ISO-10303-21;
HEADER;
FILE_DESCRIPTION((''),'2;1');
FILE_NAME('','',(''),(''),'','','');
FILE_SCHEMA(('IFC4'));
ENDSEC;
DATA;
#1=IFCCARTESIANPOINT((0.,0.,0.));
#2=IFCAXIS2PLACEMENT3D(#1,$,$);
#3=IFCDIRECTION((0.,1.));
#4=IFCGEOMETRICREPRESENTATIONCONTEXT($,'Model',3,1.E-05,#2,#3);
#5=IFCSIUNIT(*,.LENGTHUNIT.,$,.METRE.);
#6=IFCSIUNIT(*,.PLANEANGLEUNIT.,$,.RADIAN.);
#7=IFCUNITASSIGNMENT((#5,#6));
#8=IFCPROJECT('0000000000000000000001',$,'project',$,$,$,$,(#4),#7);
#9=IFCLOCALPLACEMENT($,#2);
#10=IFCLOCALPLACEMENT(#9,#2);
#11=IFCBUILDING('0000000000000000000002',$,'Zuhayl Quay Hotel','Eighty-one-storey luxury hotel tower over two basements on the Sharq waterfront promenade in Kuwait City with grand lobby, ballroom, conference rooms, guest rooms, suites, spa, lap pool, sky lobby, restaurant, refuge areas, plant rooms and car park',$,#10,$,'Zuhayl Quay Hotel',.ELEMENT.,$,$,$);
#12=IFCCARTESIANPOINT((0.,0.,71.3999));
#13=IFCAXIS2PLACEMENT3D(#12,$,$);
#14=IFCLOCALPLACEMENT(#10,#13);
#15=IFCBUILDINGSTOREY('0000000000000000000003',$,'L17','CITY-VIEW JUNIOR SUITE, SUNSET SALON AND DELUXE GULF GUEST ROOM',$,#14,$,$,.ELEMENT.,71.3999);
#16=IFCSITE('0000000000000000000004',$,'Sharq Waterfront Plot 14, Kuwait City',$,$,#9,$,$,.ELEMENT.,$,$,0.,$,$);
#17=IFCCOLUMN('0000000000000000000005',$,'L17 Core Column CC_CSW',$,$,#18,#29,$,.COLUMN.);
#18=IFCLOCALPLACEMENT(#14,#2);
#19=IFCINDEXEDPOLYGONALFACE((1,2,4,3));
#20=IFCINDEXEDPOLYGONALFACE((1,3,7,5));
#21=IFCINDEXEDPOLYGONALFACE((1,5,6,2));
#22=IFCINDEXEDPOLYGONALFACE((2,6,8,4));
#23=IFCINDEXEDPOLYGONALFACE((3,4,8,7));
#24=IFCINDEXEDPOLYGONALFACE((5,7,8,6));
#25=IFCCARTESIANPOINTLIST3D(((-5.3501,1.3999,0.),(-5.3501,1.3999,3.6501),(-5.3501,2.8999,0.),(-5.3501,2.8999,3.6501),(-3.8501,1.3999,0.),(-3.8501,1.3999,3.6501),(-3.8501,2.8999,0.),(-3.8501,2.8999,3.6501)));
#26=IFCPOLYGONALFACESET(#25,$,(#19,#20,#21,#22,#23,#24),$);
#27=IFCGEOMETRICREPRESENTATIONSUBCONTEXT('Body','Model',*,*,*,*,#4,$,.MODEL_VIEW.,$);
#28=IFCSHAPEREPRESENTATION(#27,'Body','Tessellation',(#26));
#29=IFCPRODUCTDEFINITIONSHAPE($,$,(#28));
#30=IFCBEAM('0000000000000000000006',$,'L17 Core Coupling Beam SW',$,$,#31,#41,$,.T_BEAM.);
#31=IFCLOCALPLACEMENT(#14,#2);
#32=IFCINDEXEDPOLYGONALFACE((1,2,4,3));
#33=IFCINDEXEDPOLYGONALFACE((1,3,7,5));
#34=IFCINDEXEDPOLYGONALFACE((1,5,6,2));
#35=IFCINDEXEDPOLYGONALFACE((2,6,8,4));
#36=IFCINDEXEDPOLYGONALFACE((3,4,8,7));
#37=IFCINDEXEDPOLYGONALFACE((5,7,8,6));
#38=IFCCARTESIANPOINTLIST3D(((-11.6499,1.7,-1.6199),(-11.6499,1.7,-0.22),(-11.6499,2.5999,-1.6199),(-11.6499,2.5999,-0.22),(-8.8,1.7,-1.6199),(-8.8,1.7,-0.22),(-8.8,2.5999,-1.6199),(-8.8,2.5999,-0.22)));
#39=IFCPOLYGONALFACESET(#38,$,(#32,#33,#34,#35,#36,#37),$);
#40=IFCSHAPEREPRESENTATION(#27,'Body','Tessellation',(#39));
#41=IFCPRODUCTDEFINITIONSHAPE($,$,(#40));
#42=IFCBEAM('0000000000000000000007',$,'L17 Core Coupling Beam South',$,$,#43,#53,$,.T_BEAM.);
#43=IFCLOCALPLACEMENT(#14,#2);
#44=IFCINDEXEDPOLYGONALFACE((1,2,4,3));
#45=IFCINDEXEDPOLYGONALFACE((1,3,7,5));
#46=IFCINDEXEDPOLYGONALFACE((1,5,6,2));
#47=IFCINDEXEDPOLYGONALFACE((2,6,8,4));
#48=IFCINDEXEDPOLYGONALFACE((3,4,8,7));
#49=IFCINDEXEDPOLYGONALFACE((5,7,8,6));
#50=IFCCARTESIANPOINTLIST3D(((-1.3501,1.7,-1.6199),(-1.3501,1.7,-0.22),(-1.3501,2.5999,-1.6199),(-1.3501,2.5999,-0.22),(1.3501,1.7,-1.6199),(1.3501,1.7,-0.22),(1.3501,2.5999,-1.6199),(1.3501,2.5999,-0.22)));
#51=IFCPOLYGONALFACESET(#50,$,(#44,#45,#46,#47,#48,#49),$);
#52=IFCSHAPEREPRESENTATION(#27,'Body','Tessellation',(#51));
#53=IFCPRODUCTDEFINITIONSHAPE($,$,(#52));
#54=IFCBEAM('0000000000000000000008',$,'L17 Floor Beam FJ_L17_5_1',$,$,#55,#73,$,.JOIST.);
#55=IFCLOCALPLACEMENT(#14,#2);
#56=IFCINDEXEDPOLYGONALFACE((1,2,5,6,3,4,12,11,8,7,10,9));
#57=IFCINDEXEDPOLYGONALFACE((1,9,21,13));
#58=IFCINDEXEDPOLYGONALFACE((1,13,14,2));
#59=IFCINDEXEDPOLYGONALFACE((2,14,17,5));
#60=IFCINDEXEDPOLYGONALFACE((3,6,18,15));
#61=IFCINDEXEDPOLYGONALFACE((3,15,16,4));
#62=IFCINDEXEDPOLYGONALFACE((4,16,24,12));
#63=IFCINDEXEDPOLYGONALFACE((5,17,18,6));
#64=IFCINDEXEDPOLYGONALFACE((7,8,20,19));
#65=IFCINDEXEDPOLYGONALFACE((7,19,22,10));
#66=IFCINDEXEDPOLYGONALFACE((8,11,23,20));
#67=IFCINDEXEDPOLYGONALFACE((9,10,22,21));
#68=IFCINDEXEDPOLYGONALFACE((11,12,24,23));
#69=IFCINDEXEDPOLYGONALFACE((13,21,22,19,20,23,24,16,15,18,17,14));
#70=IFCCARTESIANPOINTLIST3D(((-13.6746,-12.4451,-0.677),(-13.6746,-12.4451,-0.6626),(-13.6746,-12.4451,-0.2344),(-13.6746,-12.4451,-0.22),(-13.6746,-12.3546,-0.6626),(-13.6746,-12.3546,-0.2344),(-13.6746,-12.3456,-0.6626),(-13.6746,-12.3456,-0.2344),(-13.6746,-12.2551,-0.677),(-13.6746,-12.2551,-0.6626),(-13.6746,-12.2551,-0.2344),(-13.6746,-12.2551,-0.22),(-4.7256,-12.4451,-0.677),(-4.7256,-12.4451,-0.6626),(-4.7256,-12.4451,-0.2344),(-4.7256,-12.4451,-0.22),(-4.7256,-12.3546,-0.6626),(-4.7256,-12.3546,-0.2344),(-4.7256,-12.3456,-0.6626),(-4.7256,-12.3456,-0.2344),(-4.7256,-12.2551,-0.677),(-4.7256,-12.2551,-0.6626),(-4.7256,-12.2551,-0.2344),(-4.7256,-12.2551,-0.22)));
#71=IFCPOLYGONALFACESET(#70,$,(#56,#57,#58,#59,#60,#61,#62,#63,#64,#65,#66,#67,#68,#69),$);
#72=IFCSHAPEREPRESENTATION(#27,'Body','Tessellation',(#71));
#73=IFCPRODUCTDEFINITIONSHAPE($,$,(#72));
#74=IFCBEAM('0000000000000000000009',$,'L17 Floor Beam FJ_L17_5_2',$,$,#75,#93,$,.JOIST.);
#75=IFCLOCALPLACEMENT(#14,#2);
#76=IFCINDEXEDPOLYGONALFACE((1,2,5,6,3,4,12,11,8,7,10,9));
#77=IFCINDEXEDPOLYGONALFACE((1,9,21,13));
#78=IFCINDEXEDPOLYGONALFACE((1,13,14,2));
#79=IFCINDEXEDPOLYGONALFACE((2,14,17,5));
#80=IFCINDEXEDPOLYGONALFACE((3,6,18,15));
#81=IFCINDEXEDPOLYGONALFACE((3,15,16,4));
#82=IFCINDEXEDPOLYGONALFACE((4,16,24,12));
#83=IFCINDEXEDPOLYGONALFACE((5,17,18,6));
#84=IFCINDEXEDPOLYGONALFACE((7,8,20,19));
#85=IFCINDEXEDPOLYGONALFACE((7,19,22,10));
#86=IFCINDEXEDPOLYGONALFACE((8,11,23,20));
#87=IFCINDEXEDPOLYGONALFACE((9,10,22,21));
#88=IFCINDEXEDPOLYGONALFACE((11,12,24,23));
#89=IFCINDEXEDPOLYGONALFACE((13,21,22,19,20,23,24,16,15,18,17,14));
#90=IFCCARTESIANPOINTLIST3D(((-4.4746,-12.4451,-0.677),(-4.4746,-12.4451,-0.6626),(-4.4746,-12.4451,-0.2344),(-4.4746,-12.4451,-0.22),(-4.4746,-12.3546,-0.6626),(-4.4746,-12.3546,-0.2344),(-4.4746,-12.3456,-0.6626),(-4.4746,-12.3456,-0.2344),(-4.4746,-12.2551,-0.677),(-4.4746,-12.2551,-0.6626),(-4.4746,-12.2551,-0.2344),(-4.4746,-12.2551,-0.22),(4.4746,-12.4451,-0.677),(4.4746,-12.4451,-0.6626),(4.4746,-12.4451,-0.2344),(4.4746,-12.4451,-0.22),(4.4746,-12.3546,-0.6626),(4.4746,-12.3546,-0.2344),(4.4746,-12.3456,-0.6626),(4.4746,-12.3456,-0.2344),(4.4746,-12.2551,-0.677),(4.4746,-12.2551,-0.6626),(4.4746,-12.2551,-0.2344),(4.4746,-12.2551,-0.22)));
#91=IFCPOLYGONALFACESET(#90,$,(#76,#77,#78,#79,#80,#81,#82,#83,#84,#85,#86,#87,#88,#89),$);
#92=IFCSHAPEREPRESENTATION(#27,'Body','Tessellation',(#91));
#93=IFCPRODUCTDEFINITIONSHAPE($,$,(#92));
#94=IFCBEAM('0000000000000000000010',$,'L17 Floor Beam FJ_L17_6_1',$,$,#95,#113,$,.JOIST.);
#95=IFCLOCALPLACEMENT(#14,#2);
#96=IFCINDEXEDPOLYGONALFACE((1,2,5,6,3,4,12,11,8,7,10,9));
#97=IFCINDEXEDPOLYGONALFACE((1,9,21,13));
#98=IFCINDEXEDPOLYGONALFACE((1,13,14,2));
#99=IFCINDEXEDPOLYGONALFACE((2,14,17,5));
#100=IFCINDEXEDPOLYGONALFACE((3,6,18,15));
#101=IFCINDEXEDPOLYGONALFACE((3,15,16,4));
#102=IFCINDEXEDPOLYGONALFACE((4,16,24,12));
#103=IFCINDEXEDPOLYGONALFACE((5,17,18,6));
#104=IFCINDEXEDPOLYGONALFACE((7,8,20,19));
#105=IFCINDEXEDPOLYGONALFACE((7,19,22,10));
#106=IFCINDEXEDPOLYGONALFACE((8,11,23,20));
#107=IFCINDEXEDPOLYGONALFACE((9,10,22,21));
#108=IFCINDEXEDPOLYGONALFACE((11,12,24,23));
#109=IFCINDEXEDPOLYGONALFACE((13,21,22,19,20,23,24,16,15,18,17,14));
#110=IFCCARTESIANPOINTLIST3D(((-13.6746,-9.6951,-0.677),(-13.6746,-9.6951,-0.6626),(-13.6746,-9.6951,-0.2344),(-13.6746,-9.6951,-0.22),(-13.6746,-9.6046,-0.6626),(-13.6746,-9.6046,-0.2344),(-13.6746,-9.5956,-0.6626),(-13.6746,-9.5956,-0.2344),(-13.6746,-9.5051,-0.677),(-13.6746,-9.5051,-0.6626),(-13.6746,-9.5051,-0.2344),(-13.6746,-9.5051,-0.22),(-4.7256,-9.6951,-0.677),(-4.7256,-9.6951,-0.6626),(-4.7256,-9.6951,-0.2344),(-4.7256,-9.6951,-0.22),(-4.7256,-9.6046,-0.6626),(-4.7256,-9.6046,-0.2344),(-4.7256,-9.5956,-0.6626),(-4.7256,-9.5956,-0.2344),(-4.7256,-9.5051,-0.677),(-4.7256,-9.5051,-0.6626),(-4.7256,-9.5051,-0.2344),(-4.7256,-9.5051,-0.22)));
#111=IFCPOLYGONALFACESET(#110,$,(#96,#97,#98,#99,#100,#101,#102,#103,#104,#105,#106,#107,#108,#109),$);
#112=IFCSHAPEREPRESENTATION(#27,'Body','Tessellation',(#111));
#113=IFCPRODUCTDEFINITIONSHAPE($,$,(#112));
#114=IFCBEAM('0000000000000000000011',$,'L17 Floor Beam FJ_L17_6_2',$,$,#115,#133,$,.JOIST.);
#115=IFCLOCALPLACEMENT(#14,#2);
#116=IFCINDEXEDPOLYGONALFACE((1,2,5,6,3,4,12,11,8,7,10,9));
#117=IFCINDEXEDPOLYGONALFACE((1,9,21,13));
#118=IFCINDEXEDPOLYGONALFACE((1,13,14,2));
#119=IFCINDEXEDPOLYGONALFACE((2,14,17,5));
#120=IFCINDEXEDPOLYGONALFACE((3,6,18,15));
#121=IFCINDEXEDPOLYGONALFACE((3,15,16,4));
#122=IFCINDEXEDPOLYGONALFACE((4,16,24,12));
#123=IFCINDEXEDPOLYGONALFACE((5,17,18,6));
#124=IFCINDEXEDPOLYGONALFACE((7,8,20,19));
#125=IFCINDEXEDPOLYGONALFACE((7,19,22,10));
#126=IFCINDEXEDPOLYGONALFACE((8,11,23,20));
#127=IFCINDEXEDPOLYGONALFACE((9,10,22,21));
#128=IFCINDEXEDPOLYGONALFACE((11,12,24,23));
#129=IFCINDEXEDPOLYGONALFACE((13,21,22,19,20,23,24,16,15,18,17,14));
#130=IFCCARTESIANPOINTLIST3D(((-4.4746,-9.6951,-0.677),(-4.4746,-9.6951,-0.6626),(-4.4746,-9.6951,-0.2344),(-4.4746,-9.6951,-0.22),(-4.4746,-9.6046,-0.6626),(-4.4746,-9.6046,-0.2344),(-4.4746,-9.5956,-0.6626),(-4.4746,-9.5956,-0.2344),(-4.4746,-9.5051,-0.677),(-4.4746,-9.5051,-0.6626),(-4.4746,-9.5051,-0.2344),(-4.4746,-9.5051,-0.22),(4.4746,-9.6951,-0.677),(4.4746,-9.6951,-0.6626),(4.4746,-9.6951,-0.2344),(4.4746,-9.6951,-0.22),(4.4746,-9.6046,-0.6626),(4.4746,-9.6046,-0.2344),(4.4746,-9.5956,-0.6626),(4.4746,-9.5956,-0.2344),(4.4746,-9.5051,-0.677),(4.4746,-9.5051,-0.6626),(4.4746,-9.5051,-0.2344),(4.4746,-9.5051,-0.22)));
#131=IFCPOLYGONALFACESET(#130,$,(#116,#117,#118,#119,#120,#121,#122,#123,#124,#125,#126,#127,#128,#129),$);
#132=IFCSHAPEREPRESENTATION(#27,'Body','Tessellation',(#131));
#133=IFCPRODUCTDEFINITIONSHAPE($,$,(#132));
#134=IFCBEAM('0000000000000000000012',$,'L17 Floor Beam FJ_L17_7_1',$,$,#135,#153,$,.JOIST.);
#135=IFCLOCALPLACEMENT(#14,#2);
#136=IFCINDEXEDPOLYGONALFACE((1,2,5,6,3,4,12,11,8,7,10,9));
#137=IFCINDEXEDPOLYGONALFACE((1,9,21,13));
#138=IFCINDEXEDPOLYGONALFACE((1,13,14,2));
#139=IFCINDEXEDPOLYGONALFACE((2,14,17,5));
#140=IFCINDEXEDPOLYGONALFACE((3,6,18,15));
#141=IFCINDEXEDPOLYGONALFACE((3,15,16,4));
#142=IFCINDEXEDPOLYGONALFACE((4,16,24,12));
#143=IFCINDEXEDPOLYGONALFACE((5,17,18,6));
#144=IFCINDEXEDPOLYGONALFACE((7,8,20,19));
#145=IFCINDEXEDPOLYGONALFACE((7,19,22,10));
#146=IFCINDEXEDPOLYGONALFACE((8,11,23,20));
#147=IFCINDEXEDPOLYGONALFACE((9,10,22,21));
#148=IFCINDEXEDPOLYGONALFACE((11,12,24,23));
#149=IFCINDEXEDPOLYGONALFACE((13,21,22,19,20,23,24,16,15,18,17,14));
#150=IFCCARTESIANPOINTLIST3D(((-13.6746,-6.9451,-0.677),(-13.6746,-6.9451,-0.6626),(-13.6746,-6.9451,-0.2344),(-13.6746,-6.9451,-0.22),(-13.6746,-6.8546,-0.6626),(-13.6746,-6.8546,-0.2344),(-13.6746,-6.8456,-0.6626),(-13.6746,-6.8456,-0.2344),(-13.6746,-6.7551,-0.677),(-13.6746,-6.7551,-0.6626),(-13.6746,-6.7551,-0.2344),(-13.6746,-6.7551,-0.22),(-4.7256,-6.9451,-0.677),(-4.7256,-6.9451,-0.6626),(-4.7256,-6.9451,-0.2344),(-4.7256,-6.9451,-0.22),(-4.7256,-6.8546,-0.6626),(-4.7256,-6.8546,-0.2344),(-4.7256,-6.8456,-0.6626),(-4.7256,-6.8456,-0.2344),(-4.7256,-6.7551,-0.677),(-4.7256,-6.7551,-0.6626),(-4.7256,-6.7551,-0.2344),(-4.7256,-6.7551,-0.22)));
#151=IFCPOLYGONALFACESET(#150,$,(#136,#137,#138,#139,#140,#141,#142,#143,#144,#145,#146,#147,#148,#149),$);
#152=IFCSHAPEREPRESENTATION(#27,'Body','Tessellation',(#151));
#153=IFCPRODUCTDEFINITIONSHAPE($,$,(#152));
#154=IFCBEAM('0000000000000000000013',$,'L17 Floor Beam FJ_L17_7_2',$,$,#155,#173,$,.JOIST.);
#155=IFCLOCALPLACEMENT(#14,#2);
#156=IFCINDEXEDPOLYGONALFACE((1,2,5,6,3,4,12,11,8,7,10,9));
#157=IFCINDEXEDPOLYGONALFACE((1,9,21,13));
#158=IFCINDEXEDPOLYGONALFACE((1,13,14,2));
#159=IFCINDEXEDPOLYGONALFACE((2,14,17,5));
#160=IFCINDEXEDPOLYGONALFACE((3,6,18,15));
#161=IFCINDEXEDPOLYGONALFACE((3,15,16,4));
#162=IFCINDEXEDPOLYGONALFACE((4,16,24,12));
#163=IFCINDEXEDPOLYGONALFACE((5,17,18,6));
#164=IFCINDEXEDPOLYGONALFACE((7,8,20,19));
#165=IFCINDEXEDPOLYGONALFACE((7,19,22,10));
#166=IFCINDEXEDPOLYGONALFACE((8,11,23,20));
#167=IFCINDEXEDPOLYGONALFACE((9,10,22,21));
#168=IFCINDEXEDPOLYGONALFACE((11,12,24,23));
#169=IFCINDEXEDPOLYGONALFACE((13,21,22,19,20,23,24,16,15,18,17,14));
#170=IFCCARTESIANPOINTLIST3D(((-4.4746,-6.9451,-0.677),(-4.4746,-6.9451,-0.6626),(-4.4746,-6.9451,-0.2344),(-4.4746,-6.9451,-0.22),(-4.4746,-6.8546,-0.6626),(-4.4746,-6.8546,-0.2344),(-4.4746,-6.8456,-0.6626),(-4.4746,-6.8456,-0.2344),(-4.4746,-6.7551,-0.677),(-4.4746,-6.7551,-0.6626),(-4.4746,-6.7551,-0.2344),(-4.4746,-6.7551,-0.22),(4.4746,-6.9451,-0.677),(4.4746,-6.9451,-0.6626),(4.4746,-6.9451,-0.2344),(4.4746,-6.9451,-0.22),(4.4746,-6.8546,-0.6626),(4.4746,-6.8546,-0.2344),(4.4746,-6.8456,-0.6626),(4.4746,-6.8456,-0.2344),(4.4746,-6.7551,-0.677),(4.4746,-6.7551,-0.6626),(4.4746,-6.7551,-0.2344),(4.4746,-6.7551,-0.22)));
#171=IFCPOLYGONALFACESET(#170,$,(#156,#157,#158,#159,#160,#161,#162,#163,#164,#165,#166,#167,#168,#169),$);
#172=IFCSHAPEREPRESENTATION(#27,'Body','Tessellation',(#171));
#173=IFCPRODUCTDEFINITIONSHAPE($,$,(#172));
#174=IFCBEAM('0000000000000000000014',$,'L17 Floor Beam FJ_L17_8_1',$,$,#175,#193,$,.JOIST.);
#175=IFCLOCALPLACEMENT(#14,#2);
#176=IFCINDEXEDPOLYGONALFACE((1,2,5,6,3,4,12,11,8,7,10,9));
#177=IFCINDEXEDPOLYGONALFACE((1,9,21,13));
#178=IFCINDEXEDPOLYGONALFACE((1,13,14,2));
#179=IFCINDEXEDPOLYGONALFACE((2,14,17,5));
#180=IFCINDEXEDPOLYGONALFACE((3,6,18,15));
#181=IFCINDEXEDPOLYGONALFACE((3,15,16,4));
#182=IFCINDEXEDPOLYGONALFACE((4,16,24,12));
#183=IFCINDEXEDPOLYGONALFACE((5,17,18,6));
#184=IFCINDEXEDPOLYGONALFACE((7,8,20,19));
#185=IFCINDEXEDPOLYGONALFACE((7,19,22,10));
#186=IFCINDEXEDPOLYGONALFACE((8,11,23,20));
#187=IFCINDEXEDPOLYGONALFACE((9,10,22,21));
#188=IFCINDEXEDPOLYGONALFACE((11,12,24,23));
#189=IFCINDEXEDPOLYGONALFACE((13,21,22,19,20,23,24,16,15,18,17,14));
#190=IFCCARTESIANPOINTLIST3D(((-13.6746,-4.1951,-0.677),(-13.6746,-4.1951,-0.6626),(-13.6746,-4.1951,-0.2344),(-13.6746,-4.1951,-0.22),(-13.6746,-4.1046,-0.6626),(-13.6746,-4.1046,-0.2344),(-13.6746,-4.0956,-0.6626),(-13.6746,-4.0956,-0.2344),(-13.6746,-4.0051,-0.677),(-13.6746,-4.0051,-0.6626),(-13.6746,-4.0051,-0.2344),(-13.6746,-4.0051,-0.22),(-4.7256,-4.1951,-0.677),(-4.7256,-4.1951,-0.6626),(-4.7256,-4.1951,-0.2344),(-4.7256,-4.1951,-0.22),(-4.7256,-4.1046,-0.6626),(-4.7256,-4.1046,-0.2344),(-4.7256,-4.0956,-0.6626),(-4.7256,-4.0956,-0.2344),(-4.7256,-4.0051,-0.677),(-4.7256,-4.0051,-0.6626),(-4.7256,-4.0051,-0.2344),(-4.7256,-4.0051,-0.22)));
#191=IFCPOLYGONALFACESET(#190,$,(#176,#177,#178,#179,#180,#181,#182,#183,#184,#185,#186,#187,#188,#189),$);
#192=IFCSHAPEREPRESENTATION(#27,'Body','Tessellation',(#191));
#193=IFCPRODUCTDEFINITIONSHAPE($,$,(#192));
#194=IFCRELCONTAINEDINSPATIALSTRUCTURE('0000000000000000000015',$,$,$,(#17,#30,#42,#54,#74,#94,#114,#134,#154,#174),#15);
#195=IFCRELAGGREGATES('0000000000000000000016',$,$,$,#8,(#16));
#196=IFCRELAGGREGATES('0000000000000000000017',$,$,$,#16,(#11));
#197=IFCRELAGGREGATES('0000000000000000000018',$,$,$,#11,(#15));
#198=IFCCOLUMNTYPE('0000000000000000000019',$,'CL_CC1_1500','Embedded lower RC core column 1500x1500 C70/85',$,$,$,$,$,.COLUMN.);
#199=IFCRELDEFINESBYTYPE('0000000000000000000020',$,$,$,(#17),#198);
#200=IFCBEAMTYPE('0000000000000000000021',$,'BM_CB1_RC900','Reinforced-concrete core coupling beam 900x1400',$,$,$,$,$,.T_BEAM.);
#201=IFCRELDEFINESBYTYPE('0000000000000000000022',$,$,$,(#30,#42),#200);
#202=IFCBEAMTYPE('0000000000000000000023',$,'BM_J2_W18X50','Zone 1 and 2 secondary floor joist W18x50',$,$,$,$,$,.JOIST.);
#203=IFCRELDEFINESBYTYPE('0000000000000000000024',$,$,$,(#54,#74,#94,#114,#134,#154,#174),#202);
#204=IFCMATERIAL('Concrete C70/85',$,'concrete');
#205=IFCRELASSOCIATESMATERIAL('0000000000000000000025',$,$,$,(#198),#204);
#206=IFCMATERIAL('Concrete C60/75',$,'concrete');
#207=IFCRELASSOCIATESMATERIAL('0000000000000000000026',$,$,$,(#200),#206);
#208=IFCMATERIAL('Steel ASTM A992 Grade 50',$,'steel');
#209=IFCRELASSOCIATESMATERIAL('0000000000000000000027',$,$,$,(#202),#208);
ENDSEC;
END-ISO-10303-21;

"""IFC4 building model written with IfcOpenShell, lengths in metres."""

from ifc_helpers import new_model, si_unit, direction, frame, origin, origin_2d, place, context, subcontext, project, spatial, rectangle, i_section, extrude, material, material_profile, profile_set, type_object, element, save


model = new_model("IFC4")

# Units and contexts
model_context = context("Model", 3, precision=1e-05, world=origin(), true_north=direction((0.0, 1.0)))
body_context = subcontext(model_context, "Body", "Model", "MODEL_VIEW")
ifc_project = project(units=[si_unit("LENGTHUNIT", "METRE"), si_unit("PLANEANGLEUNIT", "RADIAN")], contexts=[model_context])

# Site, building, storey
site_placement = place(None, origin())
site = spatial("IfcSite", under=ifc_project, at=site_placement, Name="Sharq Waterfront Plot 14, Kuwait City", CompositionType="ELEMENT", RefElevation=0.0)
building_placement = place(site_placement, origin())
building = spatial("IfcBuilding", under=site, at=building_placement, Name="Zuhayl Quay Hotel", Description="Eighty-one-storey luxury hotel tower over two basements on the Sharq waterfront promenade in Kuwait City with grand lobby, ballroom, conference rooms, guest rooms, suites, spa, lap pool, sky lobby, restaurant, refuge areas, plant rooms and car park", LongName="Zuhayl Quay Hotel", CompositionType="ELEMENT")
storey_placement = place(building_placement, frame((0.0, 0.0, 71.3999)))
storey = spatial("IfcBuildingStorey", under=building, at=storey_placement, Name="L17", Description="CITY-VIEW JUNIOR SUITE, SUNSET SALON AND DELUXE GULF GUEST ROOM", CompositionType="ELEMENT", Elevation=71.3999)

# Column
ifc_material_1 = material(Name="Concrete C70/85", Category="concrete")
ifc_material_profile_1 = material_profile(ifc_material_1, rectangle(XDim=1.5, YDim=1.5, at=origin_2d()), Name="RC1500X1500")
ifc_profile_set_1 = profile_set([ifc_material_profile_1], Name="Concrete C70/85")
column_type = type_object("IfcColumnType", Name="CL_CC1_1500", Description="Embedded lower RC core column 1500x1500 C70/85", PredefinedType="COLUMN", material=ifc_profile_set_1)
column_placement = place(storey_placement, frame((-4.6001, 2.1499, 0.0), z_axis=(0.0, 0.0, 1.0), x_axis=(1.0, 0.0, 0.0)))
element("IfcColumn", 1, at=column_placement, inside=storey, type_object=column_type, Name="L17 Core Column CC_CSW", PredefinedType="COLUMN", context=body_context, shape_type="SweptSolid", body=[
    extrude(rectangle(XDim=1.5, YDim=1.5, at=origin_2d()), origin(), (0.0, 0.0, 1.0), 3.6501),
])

# Beams
ifc_material_2 = material(Name="Concrete C60/75", Category="concrete")
ifc_material_profile_2 = material_profile(ifc_material_2, rectangle(XDim=0.8999, YDim=1.3999, at=origin_2d()), Name="RC900X1400")
ifc_profile_set_2 = profile_set([ifc_material_profile_2], Name="Concrete C60/75")
beam_type_1 = type_object("IfcBeamType", Name="BM_CB1_RC900", Description="Reinforced-concrete core coupling beam 900x1400", PredefinedType="T_BEAM", material=ifc_profile_set_2)
beam_1_placement = place(storey_placement, frame((-11.6499, 2.1499, -0.9199), z_axis=(1.0, 0.0, 0.0), x_axis=(0.0, 1.0, 0.0)))
element("IfcBeam", 2, at=beam_1_placement, inside=storey, type_object=beam_type_1, Name="L17 Core Coupling Beam SW", PredefinedType="T_BEAM", context=body_context, shape_type="SweptSolid", body=[
    extrude(rectangle(XDim=0.8999, YDim=1.3999, at=origin_2d()), origin(), (0.0, 0.0, 1.0), 2.8499),
])
beam_2_placement = place(storey_placement, frame((-1.3501, 2.1499, -0.9199), z_axis=(1.0, 0.0, 0.0), x_axis=(0.0, 1.0, 0.0)))
element("IfcBeam", 3, at=beam_2_placement, inside=storey, type_object=beam_type_1, Name="L17 Core Coupling Beam South", PredefinedType="T_BEAM", context=body_context, shape_type="SweptSolid", body=[
    extrude(rectangle(XDim=0.8999, YDim=1.3999, at=origin_2d()), origin(), (0.0, 0.0, 1.0), 2.7002),
])
ifc_material_3 = material(Name="Steel ASTM A992 Grade 50", Category="steel")
ifc_material_profile_3 = material_profile(ifc_material_3, i_section(OverallWidth=0.1899, OverallDepth=0.457, WebThickness=0.009, FlangeThickness=0.0144, at=origin_2d()), Name="W18X50")
ifc_profile_set_3 = profile_set([ifc_material_profile_3], Name="Steel ASTM A992 Grade 50")
beam_type_2 = type_object("IfcBeamType", Name="BM_J2_W18X50", Description="Zone 1 and 2 secondary floor joist W18x50", PredefinedType="JOIST", material=ifc_profile_set_3)
beam_3_placement = place(storey_placement, frame((-13.6746, -12.3501, -0.4485), z_axis=(1.0, 0.0, 0.0), x_axis=(0.0, 1.0, 0.0)))
element("IfcBeam", 4, at=beam_3_placement, inside=storey, type_object=beam_type_2, Name="L17 Floor Beam FJ_L17_5_1", PredefinedType="JOIST", context=body_context, shape_type="SweptSolid", body=[
    extrude(i_section(OverallWidth=0.1899, OverallDepth=0.457, WebThickness=0.009, FlangeThickness=0.0144, at=origin_2d()), origin(), (0.0, 0.0, 1.0), 8.949),
])
beam_4_placement = place(storey_placement, frame((-4.4746, -12.3501, -0.4485), z_axis=(1.0, 0.0, 0.0), x_axis=(0.0, 1.0, 0.0)))
element("IfcBeam", 5, at=beam_4_placement, inside=storey, type_object=beam_type_2, Name="L17 Floor Beam FJ_L17_5_2", PredefinedType="JOIST", context=body_context, shape_type="SweptSolid", body=[
    extrude(i_section(OverallWidth=0.1899, OverallDepth=0.457, WebThickness=0.009, FlangeThickness=0.0144, at=origin_2d()), origin(), (0.0, 0.0, 1.0), 8.9492),
])
beam_5_placement = place(storey_placement, frame((-13.6746, -9.6001, -0.4485), z_axis=(1.0, 0.0, 0.0), x_axis=(0.0, 1.0, 0.0)))
element("IfcBeam", 6, at=beam_5_placement, inside=storey, type_object=beam_type_2, Name="L17 Floor Beam FJ_L17_6_1", PredefinedType="JOIST", context=body_context, shape_type="SweptSolid", body=[
    extrude(i_section(OverallWidth=0.1899, OverallDepth=0.457, WebThickness=0.009, FlangeThickness=0.0144, at=origin_2d()), origin(), (0.0, 0.0, 1.0), 8.949),
])
beam_6_placement = place(storey_placement, frame((-4.4746, -9.6001, -0.4485), z_axis=(1.0, 0.0, 0.0), x_axis=(0.0, 1.0, 0.0)))
element("IfcBeam", 7, at=beam_6_placement, inside=storey, type_object=beam_type_2, Name="L17 Floor Beam FJ_L17_6_2", PredefinedType="JOIST", context=body_context, shape_type="SweptSolid", body=[
    extrude(i_section(OverallWidth=0.1899, OverallDepth=0.457, WebThickness=0.009, FlangeThickness=0.0144, at=origin_2d()), origin(), (0.0, 0.0, 1.0), 8.9492),
])
beam_7_placement = place(storey_placement, frame((-13.6746, -6.8501, -0.4485), z_axis=(1.0, 0.0, 0.0), x_axis=(0.0, 1.0, 0.0)))
element("IfcBeam", 8, at=beam_7_placement, inside=storey, type_object=beam_type_2, Name="L17 Floor Beam FJ_L17_7_1", PredefinedType="JOIST", context=body_context, shape_type="SweptSolid", body=[
    extrude(i_section(OverallWidth=0.1899, OverallDepth=0.457, WebThickness=0.009, FlangeThickness=0.0144, at=origin_2d()), origin(), (0.0, 0.0, 1.0), 8.949),
])
beam_8_placement = place(storey_placement, frame((-4.4746, -6.8501, -0.4485), z_axis=(1.0, 0.0, 0.0), x_axis=(0.0, 1.0, 0.0)))
element("IfcBeam", 9, at=beam_8_placement, inside=storey, type_object=beam_type_2, Name="L17 Floor Beam FJ_L17_7_2", PredefinedType="JOIST", context=body_context, shape_type="SweptSolid", body=[
    extrude(i_section(OverallWidth=0.1899, OverallDepth=0.457, WebThickness=0.009, FlangeThickness=0.0144, at=origin_2d()), origin(), (0.0, 0.0, 1.0), 8.9492),
])
beam_9_placement = place(storey_placement, frame((-13.6746, -4.1001, -0.4485), z_axis=(1.0, 0.0, 0.0), x_axis=(0.0, 1.0, 0.0)))
element("IfcBeam", 10, at=beam_9_placement, inside=storey, type_object=beam_type_2, Name="L17 Floor Beam FJ_L17_8_1", PredefinedType="JOIST", context=body_context, shape_type="SweptSolid", body=[
    extrude(i_section(OverallWidth=0.1899, OverallDepth=0.457, WebThickness=0.009, FlangeThickness=0.0144, at=origin_2d()), origin(), (0.0, 0.0, 1.0), 8.949),
])

save(model, "model.ifc")
